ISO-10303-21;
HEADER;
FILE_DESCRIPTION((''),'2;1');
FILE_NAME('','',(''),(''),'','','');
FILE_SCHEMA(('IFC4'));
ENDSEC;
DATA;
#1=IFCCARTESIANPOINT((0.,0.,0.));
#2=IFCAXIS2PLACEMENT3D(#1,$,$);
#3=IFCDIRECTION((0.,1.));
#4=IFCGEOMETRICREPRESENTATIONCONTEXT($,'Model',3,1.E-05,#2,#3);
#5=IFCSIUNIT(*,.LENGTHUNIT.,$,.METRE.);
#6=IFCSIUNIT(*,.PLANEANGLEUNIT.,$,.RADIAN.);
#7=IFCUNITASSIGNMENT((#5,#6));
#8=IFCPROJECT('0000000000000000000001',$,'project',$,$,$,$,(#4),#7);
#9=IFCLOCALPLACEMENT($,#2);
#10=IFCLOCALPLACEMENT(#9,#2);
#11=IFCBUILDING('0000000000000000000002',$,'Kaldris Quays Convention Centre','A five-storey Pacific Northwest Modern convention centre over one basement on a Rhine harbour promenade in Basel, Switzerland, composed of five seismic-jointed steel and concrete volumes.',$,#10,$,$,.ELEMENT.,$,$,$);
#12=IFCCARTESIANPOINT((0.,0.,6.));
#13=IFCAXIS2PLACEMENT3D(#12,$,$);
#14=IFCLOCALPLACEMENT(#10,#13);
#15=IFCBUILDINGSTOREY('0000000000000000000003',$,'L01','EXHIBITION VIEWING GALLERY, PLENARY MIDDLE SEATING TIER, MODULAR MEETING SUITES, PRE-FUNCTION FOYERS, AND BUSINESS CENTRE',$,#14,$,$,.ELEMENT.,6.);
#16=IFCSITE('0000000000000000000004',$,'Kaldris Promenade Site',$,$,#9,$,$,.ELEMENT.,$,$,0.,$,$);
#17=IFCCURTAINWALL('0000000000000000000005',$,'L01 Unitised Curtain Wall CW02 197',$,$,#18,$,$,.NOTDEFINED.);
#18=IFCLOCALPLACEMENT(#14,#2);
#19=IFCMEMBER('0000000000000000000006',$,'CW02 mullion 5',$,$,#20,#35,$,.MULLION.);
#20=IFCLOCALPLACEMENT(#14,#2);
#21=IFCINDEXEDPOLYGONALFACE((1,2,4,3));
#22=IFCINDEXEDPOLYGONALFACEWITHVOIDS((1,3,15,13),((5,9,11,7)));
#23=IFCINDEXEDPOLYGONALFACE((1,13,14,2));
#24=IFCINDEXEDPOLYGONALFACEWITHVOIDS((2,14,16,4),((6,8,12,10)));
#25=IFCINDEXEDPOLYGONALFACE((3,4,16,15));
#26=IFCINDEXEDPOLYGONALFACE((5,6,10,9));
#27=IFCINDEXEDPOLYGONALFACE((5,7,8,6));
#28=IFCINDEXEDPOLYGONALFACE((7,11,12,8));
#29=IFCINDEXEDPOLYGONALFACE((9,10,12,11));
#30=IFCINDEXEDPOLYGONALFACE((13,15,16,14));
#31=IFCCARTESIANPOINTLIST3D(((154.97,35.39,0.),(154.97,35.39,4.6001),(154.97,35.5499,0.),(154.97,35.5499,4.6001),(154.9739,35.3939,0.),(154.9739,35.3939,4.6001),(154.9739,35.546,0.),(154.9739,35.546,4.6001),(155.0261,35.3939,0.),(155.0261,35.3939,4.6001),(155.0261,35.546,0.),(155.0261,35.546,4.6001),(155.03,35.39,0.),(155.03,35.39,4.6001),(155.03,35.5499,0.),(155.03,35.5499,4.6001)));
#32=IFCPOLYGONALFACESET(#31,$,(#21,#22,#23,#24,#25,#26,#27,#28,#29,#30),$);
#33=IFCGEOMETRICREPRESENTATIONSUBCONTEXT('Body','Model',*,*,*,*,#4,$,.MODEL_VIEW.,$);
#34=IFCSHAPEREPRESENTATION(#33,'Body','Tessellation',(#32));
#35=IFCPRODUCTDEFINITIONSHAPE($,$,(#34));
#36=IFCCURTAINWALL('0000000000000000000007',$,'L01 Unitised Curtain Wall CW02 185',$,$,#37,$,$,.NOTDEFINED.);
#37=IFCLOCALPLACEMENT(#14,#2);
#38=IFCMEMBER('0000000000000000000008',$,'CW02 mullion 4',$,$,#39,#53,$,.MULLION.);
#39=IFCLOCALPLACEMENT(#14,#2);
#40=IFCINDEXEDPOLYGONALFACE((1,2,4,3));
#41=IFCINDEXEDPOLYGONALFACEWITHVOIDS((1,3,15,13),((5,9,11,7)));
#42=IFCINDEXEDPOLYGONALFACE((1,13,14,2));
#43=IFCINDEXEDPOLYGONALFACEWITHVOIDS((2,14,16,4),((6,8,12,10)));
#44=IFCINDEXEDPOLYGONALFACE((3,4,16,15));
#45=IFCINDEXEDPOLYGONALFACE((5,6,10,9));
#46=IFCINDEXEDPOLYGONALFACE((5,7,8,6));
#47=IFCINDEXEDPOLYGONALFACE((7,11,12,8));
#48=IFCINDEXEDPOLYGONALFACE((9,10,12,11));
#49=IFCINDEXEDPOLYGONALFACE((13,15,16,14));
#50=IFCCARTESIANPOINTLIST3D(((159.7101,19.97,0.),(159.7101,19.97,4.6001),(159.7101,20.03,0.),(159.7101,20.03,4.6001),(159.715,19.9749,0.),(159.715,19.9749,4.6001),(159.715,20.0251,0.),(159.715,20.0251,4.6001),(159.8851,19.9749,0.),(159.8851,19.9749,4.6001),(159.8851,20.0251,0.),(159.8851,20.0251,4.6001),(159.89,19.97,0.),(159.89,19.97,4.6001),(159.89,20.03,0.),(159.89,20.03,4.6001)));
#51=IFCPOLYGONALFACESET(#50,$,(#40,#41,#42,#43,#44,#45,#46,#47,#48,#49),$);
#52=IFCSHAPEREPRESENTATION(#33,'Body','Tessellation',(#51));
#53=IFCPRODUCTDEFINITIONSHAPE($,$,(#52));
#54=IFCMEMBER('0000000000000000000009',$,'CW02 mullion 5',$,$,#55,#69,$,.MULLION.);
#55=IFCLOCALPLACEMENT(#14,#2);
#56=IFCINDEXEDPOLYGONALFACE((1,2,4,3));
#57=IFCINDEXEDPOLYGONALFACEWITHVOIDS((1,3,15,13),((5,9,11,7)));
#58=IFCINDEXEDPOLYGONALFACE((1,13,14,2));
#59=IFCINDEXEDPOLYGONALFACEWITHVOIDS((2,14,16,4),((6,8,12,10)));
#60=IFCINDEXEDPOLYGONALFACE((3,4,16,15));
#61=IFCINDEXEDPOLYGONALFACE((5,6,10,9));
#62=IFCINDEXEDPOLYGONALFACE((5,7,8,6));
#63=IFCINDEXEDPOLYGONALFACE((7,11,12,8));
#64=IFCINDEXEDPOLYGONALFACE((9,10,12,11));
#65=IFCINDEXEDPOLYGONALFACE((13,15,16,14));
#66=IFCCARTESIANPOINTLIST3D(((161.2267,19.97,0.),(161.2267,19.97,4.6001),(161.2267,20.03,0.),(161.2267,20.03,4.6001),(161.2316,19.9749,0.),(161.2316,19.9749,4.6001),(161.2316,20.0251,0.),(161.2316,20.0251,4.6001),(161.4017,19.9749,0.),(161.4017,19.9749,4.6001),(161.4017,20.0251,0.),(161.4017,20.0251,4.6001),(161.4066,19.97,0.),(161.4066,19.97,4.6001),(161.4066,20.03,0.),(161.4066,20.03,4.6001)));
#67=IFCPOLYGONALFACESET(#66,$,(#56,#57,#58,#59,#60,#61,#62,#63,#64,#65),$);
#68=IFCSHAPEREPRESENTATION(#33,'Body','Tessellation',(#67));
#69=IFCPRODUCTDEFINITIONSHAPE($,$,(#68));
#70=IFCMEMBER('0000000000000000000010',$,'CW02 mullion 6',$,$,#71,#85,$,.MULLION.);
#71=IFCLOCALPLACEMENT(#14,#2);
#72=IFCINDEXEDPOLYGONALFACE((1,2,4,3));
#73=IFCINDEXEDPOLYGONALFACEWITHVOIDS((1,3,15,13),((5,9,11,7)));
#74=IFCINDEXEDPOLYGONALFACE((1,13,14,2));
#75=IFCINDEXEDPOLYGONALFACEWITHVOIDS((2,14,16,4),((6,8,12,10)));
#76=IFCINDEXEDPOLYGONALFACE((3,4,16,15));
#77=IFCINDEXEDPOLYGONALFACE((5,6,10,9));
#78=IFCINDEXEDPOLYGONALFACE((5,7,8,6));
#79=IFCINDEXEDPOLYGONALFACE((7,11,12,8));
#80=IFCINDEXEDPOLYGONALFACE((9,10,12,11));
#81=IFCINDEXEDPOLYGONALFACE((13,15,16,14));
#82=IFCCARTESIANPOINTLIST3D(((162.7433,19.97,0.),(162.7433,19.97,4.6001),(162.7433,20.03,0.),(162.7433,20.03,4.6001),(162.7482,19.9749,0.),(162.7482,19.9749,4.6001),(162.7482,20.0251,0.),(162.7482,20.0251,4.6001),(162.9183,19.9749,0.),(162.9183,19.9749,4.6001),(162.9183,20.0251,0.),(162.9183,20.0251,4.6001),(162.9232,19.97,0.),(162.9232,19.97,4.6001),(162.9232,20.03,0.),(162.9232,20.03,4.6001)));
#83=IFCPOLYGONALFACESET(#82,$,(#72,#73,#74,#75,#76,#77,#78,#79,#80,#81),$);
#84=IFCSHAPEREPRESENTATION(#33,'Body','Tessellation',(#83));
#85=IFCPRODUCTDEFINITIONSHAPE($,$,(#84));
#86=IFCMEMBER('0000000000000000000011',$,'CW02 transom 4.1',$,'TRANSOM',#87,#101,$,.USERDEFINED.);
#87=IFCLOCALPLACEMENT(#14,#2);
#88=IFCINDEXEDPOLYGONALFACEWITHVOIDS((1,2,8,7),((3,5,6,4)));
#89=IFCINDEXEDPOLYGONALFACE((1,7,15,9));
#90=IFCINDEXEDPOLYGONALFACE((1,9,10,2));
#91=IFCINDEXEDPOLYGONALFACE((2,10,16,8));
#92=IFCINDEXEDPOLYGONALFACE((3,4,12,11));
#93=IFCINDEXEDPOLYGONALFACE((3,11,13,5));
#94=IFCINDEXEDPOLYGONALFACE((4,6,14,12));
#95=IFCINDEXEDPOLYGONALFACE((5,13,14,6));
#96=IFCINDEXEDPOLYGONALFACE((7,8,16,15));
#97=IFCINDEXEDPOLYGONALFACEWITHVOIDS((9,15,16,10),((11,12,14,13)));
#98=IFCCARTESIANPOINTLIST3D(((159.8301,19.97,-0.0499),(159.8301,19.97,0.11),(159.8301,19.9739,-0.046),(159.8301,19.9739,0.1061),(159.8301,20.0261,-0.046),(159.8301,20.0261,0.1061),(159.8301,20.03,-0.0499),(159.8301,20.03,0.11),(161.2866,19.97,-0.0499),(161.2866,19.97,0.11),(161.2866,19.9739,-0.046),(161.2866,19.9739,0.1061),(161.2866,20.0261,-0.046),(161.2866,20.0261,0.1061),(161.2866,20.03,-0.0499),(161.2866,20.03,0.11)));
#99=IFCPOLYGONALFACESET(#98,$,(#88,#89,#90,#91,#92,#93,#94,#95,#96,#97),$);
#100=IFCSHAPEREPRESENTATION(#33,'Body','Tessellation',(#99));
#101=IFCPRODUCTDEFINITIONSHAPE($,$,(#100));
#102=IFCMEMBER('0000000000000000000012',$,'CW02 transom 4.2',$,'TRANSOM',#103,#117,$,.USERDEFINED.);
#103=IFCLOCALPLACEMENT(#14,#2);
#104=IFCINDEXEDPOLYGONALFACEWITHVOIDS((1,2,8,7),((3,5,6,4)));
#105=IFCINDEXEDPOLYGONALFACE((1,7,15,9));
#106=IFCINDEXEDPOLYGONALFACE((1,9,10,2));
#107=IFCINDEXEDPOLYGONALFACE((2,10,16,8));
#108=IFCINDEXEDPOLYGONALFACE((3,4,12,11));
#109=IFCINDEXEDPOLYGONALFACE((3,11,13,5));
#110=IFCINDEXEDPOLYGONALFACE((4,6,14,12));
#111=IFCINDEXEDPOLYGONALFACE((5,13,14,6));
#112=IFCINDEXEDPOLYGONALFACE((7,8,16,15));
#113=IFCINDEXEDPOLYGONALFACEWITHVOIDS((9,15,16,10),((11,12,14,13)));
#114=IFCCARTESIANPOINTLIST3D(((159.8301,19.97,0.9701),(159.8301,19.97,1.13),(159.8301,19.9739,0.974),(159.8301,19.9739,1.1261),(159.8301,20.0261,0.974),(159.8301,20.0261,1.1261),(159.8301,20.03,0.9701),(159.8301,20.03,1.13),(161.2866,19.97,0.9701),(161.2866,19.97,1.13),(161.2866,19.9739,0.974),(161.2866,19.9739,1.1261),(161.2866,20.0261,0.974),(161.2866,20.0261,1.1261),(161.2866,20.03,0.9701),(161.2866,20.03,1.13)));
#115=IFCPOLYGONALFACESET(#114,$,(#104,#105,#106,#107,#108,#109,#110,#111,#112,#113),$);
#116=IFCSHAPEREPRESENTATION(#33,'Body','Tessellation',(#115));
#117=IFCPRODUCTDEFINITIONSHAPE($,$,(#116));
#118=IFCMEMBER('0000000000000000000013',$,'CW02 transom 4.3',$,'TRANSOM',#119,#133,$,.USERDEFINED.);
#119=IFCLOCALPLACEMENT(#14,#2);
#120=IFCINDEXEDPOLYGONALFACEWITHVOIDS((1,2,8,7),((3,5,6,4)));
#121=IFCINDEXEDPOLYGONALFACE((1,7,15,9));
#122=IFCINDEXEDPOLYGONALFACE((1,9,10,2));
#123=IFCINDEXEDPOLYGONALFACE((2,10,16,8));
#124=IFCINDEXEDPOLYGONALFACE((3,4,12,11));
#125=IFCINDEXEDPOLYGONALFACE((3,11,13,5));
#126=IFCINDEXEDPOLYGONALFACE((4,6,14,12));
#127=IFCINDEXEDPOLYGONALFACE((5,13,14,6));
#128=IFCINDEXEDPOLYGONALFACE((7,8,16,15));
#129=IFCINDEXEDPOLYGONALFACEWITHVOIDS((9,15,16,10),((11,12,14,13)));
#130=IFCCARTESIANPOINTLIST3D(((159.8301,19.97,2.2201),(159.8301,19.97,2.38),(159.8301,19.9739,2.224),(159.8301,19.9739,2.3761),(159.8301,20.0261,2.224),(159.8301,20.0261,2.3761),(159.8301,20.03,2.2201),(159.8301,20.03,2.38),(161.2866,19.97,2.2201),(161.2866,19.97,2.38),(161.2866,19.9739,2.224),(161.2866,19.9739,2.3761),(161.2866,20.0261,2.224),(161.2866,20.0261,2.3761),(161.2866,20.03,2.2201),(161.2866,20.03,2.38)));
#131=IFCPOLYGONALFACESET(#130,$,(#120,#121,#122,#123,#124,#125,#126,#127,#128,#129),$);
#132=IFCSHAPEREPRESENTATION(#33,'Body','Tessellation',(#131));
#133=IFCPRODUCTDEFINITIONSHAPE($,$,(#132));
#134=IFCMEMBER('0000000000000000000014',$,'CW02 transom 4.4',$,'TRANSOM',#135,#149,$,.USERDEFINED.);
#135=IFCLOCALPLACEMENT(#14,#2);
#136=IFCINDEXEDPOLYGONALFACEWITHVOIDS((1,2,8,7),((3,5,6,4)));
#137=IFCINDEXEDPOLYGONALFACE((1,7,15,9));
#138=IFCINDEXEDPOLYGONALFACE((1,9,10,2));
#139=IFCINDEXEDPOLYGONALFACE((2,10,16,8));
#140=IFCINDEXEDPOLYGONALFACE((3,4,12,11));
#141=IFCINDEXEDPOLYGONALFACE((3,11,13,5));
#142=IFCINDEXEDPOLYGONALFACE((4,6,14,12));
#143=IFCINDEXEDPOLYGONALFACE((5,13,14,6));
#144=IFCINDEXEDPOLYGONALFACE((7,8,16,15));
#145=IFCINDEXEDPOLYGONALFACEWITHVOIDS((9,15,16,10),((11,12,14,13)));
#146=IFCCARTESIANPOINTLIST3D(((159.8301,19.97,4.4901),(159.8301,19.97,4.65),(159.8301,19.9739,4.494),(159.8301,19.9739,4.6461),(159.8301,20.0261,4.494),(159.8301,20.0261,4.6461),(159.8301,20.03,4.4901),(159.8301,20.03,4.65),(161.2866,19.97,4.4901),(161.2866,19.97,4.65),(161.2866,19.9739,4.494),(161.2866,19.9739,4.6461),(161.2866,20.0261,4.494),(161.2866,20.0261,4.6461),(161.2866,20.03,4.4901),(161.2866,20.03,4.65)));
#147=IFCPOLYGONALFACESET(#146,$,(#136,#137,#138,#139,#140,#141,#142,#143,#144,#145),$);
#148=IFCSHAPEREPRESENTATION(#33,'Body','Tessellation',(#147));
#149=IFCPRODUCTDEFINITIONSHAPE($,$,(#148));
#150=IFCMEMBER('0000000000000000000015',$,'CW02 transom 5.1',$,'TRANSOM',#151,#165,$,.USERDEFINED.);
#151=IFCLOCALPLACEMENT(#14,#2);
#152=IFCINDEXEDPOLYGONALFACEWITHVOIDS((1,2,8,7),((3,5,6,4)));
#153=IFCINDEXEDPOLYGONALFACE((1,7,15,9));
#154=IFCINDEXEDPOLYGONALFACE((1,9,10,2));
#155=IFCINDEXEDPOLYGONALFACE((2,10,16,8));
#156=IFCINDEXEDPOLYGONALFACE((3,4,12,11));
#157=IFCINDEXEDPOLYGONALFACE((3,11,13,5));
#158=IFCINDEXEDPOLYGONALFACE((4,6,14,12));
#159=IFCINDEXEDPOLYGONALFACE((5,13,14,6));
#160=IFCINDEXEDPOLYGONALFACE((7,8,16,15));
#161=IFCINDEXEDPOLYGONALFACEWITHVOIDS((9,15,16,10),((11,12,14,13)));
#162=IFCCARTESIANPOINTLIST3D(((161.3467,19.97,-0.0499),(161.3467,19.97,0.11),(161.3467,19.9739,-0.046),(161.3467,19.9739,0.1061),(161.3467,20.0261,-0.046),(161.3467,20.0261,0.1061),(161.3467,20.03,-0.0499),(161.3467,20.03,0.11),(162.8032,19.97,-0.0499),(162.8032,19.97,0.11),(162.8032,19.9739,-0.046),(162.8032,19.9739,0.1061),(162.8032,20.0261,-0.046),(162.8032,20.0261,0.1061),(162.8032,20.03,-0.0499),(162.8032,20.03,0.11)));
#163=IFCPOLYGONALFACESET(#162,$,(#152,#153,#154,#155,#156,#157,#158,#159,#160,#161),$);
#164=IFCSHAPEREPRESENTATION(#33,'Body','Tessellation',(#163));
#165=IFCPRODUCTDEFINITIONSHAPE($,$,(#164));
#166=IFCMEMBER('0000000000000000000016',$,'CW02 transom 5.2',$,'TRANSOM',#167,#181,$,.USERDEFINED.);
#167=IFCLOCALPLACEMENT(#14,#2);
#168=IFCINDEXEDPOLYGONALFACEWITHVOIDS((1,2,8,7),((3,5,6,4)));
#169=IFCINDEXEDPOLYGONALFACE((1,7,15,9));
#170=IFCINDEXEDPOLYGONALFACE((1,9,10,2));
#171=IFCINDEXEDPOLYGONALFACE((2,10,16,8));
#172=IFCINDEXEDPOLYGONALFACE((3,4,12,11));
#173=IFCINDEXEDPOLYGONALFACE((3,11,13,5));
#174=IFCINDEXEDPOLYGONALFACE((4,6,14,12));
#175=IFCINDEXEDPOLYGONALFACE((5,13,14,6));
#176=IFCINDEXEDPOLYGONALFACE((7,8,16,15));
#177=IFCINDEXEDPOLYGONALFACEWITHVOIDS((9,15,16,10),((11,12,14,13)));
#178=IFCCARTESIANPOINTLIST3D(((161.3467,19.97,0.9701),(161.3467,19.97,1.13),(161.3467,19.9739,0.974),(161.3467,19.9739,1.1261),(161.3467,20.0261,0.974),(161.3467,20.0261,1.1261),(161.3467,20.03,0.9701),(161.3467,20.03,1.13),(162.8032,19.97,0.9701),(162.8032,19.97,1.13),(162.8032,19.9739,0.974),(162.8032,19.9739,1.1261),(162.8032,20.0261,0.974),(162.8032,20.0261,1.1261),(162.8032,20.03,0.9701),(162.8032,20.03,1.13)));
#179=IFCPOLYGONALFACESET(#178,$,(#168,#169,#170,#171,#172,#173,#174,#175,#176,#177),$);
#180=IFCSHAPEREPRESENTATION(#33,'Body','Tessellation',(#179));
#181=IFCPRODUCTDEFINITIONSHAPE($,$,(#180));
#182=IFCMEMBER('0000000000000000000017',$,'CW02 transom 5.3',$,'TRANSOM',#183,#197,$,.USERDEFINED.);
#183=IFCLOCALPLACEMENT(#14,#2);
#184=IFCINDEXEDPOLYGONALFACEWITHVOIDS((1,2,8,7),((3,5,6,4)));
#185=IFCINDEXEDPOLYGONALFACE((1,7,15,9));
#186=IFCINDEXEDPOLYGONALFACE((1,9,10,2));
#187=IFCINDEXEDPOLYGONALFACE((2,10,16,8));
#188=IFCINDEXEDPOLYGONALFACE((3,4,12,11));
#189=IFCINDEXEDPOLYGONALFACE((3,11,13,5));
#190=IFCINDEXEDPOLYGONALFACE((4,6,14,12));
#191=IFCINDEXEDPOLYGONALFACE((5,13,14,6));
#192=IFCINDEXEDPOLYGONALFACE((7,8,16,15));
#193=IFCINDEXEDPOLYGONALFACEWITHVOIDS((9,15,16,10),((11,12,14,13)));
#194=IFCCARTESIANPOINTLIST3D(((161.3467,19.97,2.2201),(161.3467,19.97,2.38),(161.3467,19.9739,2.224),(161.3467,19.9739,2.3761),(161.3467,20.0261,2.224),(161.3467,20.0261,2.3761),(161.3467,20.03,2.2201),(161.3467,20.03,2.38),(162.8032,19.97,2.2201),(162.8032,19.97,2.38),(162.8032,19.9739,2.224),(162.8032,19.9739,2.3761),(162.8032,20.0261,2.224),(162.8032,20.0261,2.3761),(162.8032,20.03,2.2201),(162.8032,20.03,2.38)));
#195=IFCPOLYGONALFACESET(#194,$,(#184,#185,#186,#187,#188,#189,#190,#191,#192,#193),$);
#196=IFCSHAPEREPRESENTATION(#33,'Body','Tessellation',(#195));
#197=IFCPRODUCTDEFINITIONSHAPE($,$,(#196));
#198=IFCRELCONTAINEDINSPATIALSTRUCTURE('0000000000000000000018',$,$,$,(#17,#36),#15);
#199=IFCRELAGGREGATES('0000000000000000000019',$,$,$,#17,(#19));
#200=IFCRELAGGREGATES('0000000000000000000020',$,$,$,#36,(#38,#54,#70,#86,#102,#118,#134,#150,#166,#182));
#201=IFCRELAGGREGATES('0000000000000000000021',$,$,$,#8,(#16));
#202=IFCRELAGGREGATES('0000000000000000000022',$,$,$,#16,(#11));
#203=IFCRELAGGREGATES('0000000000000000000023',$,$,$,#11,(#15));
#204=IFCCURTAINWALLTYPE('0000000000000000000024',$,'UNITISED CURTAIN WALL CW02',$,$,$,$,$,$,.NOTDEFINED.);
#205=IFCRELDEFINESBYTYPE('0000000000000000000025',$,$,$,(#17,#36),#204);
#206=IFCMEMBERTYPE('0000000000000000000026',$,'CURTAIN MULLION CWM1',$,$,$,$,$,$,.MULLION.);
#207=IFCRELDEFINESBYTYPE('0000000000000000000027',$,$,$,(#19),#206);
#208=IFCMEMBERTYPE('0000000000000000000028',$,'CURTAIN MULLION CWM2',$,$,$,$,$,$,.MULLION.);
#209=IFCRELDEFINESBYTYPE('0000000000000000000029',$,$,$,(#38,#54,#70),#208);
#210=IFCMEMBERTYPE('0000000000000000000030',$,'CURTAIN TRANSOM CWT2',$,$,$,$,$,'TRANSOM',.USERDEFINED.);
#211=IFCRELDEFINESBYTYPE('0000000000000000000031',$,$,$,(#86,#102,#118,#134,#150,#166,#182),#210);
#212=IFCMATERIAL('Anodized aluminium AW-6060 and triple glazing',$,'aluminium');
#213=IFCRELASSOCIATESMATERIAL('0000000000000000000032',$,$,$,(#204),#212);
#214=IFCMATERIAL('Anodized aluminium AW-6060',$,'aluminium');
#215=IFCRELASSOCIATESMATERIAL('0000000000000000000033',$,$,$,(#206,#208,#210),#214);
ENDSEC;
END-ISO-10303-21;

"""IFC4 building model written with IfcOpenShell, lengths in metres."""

from ifc_helpers import new_model, si_unit, direction, frame, origin, origin_2d, place, context, subcontext, project, spatial, hollow_rectangle, extrude, material, material_profile, profile_set, type_object, element, aggregate, save


model = new_model("IFC4")

# Units and contexts
model_context = context("Model", 3, precision=1e-05, world=origin(), true_north=direction((0.0, 1.0)))
body_context = subcontext(model_context, "Body", "Model", "MODEL_VIEW")
ifc_project = project(units=[si_unit("LENGTHUNIT", "METRE"), si_unit("PLANEANGLEUNIT", "RADIAN")], contexts=[model_context])

# Site, building, storey
site_placement = place(None, origin())
site = spatial("IfcSite", under=ifc_project, at=site_placement, Name="Kaldris Promenade Site", CompositionType="ELEMENT", RefElevation=0.0)
building_placement = place(site_placement, origin())
building = spatial("IfcBuilding", under=site, at=building_placement, Name="Kaldris Quays Convention Centre", Description="A five-storey Pacific Northwest Modern convention centre over one basement on a Rhine harbour promenade in Basel, Switzerland, composed of five seismic-jointed steel and concrete volumes.", CompositionType="ELEMENT")
storey_placement = place(building_placement, frame((0.0, 0.0, 6.0)))
storey = spatial("IfcBuildingStorey", under=building, at=storey_placement, Name="L01", Description="EXHIBITION VIEWING GALLERY, PLENARY MIDDLE SEATING TIER, MODULAR MEETING SUITES, PRE-FUNCTION FOYERS, AND BUSINESS CENTRE", CompositionType="ELEMENT", Elevation=6.0)

# Curtain wall, member
ifc_material_1 = material(Name="Anodized aluminium AW-6060 and triple glazing", Category="aluminium")
curtain_wall_type = type_object("IfcCurtainWallType", Name="UNITISED CURTAIN WALL CW02", PredefinedType="NOTDEFINED", material=ifc_material_1)
curtain_wall_1_placement = place(storey_placement, origin())
curtain_wall_1 = element("IfcCurtainWall", 1, at=curtain_wall_1_placement, inside=storey, type_object=curtain_wall_type, Name="L01 Unitised Curtain Wall CW02 197", PredefinedType="NOTDEFINED")
ifc_material_2 = material(Name="Anodized aluminium AW-6060", Category="aluminium")
ifc_material_profile_1 = material_profile(ifc_material_2, hollow_rectangle(XDim=0.0601, YDim=0.1599, WallThickness=0.0039, at=origin_2d()), Name="RHS 160x60x4")
ifc_profile_set_1 = profile_set([ifc_material_profile_1], Name="Anodized aluminium AW-6060")
member_type_1 = type_object("IfcMemberType", Name="CURTAIN MULLION CWM1", PredefinedType="MULLION", material=ifc_profile_set_1)
member_1_placement = place(storey_placement, frame((155.0, 35.47, 0.0), z_axis=(0.0, 0.0, 1.0), x_axis=(-1.0, 0.0, 0.0)))
member_1 = element("IfcMember", 2, at=member_1_placement, type_object=member_type_1, Name="CW02 mullion 5", PredefinedType="MULLION", context=body_context, shape_type="SweptSolid", body=[
    extrude(hollow_rectangle(XDim=0.0601, YDim=0.1599, WallThickness=0.0039, at=origin_2d()), origin(), (0.0, 0.0, 1.0), 4.6001),
])
aggregate(curtain_wall_1, [member_1])

# Curtain wall, members
curtain_wall_2_placement = place(storey_placement, origin())
curtain_wall_2 = element("IfcCurtainWall", 3, at=curtain_wall_2_placement, inside=storey, type_object=curtain_wall_type, Name="L01 Unitised Curtain Wall CW02 185", PredefinedType="NOTDEFINED")
ifc_material_profile_2 = material_profile(ifc_material_2, hollow_rectangle(XDim=0.0601, YDim=0.1799, WallThickness=0.0049, at=origin_2d()), Name="RHS 180x60x5")
ifc_profile_set_2 = profile_set([ifc_material_profile_2], Name="Anodized aluminium AW-6060")
member_type_2 = type_object("IfcMemberType", Name="CURTAIN MULLION CWM2", PredefinedType="MULLION", material=ifc_profile_set_2)
member_2_placement = place(storey_placement, frame((159.8, 20.0, 0.0), z_axis=(0.0, 0.0, 1.0), x_axis=(0.0, 1.0, 0.0)))
member_2 = element("IfcMember", 4, at=member_2_placement, type_object=member_type_2, Name="CW02 mullion 4", PredefinedType="MULLION", context=body_context, shape_type="SweptSolid", body=[
    extrude(hollow_rectangle(XDim=0.0601, YDim=0.1799, WallThickness=0.0049, at=origin_2d()), origin(), (0.0, 0.0, 1.0), 4.6001),
])
member_3_placement = place(storey_placement, frame((161.3167, 20.0, 0.0), z_axis=(0.0, 0.0, 1.0), x_axis=(0.0, 1.0, 0.0)))
member_3 = element("IfcMember", 5, at=member_3_placement, type_object=member_type_2, Name="CW02 mullion 5", PredefinedType="MULLION", context=body_context, shape_type="SweptSolid", body=[
    extrude(hollow_rectangle(XDim=0.0601, YDim=0.1799, WallThickness=0.0049, at=origin_2d()), origin(), (0.0, 0.0, 1.0), 4.6001),
])
member_4_placement = place(storey_placement, frame((162.8333, 20.0, 0.0), z_axis=(0.0, 0.0, 1.0), x_axis=(0.0, 1.0, 0.0)))
member_4 = element("IfcMember", 6, at=member_4_placement, type_object=member_type_2, Name="CW02 mullion 6", PredefinedType="MULLION", context=body_context, shape_type="SweptSolid", body=[
    extrude(hollow_rectangle(XDim=0.0601, YDim=0.1799, WallThickness=0.0049, at=origin_2d()), origin(), (0.0, 0.0, 1.0), 4.6001),
])
ifc_material_profile_3 = material_profile(ifc_material_2, hollow_rectangle(XDim=0.0601, YDim=0.1599, WallThickness=0.0039, at=origin_2d()), Name="RHS 160x60x4")
ifc_profile_set_3 = profile_set([ifc_material_profile_3], Name="Anodized aluminium AW-6060")
member_type_3 = type_object("IfcMemberType", Name="CURTAIN TRANSOM CWT2", ElementType="TRANSOM", PredefinedType="USERDEFINED", material=ifc_profile_set_3)
member_5_placement = place(storey_placement, frame((159.8301, 20.0, 0.03), z_axis=(1.0, 0.0, 0.0), x_axis=(0.0, 1.0, 0.0)))
member_5 = element("IfcMember", 7, at=member_5_placement, type_object=member_type_3, Name="CW02 transom 4.1", ObjectType="TRANSOM", PredefinedType="USERDEFINED", context=body_context, shape_type="SweptSolid", body=[
    extrude(hollow_rectangle(XDim=0.0601, YDim=0.1599, WallThickness=0.0039, at=origin_2d()), origin(), (0.0, 0.0, 1.0), 1.4565),
])
member_6_placement = place(storey_placement, frame((159.8301, 20.0, 1.05), z_axis=(1.0, 0.0, 0.0), x_axis=(0.0, 1.0, 0.0)))
member_6 = element("IfcMember", 8, at=member_6_placement, type_object=member_type_3, Name="CW02 transom 4.2", ObjectType="TRANSOM", PredefinedType="USERDEFINED", context=body_context, shape_type="SweptSolid", body=[
    extrude(hollow_rectangle(XDim=0.0601, YDim=0.1599, WallThickness=0.0039, at=origin_2d()), origin(), (0.0, 0.0, 1.0), 1.4565),
])
member_7_placement = place(storey_placement, frame((159.8301, 20.0, 2.3), z_axis=(1.0, 0.0, 0.0), x_axis=(0.0, 1.0, 0.0)))
member_7 = element("IfcMember", 9, at=member_7_placement, type_object=member_type_3, Name="CW02 transom 4.3", ObjectType="TRANSOM", PredefinedType="USERDEFINED", context=body_context, shape_type="SweptSolid", body=[
    extrude(hollow_rectangle(XDim=0.0601, YDim=0.1599, WallThickness=0.0039, at=origin_2d()), origin(), (0.0, 0.0, 1.0), 1.4565),
])
member_8_placement = place(storey_placement, frame((159.8301, 20.0, 4.5701), z_axis=(1.0, 0.0, 0.0), x_axis=(0.0, 1.0, 0.0)))
member_8 = element("IfcMember", 10, at=member_8_placement, type_object=member_type_3, Name="CW02 transom 4.4", ObjectType="TRANSOM", PredefinedType="USERDEFINED", context=body_context, shape_type="SweptSolid", body=[
    extrude(hollow_rectangle(XDim=0.0601, YDim=0.1599, WallThickness=0.0039, at=origin_2d()), origin(), (0.0, 0.0, 1.0), 1.4565),
])
member_9_placement = place(storey_placement, frame((161.3467, 20.0, 0.03), z_axis=(1.0, 0.0, 0.0), x_axis=(0.0, 1.0, 0.0)))
member_9 = element("IfcMember", 11, at=member_9_placement, type_object=member_type_3, Name="CW02 transom 5.1", ObjectType="TRANSOM", PredefinedType="USERDEFINED", context=body_context, shape_type="SweptSolid", body=[
    extrude(hollow_rectangle(XDim=0.0601, YDim=0.1599, WallThickness=0.0039, at=origin_2d()), origin(), (0.0, 0.0, 1.0), 1.4565),
])
member_10_placement = place(storey_placement, frame((161.3467, 20.0, 1.05), z_axis=(1.0, 0.0, 0.0), x_axis=(0.0, 1.0, 0.0)))
member_10 = element("IfcMember", 12, at=member_10_placement, type_object=member_type_3, Name="CW02 transom 5.2", ObjectType="TRANSOM", PredefinedType="USERDEFINED", context=body_context, shape_type="SweptSolid", body=[
    extrude(hollow_rectangle(XDim=0.0601, YDim=0.1599, WallThickness=0.0039, at=origin_2d()), origin(), (0.0, 0.0, 1.0), 1.4565),
])
member_11_placement = place(storey_placement, frame((161.3467, 20.0, 2.3), z_axis=(1.0, 0.0, 0.0), x_axis=(0.0, 1.0, 0.0)))
member_11 = element("IfcMember", 13, at=member_11_placement, type_object=member_type_3, Name="CW02 transom 5.3", ObjectType="TRANSOM", PredefinedType="USERDEFINED", context=body_context, shape_type="SweptSolid", body=[
    extrude(hollow_rectangle(XDim=0.0601, YDim=0.1599, WallThickness=0.0039, at=origin_2d()), origin(), (0.0, 0.0, 1.0), 1.4565),
])

aggregate(curtain_wall_2, [member_2, member_3, member_4, member_5, member_6, member_7, member_8, member_9, member_10, member_11])

save(model, "model.ifc")
